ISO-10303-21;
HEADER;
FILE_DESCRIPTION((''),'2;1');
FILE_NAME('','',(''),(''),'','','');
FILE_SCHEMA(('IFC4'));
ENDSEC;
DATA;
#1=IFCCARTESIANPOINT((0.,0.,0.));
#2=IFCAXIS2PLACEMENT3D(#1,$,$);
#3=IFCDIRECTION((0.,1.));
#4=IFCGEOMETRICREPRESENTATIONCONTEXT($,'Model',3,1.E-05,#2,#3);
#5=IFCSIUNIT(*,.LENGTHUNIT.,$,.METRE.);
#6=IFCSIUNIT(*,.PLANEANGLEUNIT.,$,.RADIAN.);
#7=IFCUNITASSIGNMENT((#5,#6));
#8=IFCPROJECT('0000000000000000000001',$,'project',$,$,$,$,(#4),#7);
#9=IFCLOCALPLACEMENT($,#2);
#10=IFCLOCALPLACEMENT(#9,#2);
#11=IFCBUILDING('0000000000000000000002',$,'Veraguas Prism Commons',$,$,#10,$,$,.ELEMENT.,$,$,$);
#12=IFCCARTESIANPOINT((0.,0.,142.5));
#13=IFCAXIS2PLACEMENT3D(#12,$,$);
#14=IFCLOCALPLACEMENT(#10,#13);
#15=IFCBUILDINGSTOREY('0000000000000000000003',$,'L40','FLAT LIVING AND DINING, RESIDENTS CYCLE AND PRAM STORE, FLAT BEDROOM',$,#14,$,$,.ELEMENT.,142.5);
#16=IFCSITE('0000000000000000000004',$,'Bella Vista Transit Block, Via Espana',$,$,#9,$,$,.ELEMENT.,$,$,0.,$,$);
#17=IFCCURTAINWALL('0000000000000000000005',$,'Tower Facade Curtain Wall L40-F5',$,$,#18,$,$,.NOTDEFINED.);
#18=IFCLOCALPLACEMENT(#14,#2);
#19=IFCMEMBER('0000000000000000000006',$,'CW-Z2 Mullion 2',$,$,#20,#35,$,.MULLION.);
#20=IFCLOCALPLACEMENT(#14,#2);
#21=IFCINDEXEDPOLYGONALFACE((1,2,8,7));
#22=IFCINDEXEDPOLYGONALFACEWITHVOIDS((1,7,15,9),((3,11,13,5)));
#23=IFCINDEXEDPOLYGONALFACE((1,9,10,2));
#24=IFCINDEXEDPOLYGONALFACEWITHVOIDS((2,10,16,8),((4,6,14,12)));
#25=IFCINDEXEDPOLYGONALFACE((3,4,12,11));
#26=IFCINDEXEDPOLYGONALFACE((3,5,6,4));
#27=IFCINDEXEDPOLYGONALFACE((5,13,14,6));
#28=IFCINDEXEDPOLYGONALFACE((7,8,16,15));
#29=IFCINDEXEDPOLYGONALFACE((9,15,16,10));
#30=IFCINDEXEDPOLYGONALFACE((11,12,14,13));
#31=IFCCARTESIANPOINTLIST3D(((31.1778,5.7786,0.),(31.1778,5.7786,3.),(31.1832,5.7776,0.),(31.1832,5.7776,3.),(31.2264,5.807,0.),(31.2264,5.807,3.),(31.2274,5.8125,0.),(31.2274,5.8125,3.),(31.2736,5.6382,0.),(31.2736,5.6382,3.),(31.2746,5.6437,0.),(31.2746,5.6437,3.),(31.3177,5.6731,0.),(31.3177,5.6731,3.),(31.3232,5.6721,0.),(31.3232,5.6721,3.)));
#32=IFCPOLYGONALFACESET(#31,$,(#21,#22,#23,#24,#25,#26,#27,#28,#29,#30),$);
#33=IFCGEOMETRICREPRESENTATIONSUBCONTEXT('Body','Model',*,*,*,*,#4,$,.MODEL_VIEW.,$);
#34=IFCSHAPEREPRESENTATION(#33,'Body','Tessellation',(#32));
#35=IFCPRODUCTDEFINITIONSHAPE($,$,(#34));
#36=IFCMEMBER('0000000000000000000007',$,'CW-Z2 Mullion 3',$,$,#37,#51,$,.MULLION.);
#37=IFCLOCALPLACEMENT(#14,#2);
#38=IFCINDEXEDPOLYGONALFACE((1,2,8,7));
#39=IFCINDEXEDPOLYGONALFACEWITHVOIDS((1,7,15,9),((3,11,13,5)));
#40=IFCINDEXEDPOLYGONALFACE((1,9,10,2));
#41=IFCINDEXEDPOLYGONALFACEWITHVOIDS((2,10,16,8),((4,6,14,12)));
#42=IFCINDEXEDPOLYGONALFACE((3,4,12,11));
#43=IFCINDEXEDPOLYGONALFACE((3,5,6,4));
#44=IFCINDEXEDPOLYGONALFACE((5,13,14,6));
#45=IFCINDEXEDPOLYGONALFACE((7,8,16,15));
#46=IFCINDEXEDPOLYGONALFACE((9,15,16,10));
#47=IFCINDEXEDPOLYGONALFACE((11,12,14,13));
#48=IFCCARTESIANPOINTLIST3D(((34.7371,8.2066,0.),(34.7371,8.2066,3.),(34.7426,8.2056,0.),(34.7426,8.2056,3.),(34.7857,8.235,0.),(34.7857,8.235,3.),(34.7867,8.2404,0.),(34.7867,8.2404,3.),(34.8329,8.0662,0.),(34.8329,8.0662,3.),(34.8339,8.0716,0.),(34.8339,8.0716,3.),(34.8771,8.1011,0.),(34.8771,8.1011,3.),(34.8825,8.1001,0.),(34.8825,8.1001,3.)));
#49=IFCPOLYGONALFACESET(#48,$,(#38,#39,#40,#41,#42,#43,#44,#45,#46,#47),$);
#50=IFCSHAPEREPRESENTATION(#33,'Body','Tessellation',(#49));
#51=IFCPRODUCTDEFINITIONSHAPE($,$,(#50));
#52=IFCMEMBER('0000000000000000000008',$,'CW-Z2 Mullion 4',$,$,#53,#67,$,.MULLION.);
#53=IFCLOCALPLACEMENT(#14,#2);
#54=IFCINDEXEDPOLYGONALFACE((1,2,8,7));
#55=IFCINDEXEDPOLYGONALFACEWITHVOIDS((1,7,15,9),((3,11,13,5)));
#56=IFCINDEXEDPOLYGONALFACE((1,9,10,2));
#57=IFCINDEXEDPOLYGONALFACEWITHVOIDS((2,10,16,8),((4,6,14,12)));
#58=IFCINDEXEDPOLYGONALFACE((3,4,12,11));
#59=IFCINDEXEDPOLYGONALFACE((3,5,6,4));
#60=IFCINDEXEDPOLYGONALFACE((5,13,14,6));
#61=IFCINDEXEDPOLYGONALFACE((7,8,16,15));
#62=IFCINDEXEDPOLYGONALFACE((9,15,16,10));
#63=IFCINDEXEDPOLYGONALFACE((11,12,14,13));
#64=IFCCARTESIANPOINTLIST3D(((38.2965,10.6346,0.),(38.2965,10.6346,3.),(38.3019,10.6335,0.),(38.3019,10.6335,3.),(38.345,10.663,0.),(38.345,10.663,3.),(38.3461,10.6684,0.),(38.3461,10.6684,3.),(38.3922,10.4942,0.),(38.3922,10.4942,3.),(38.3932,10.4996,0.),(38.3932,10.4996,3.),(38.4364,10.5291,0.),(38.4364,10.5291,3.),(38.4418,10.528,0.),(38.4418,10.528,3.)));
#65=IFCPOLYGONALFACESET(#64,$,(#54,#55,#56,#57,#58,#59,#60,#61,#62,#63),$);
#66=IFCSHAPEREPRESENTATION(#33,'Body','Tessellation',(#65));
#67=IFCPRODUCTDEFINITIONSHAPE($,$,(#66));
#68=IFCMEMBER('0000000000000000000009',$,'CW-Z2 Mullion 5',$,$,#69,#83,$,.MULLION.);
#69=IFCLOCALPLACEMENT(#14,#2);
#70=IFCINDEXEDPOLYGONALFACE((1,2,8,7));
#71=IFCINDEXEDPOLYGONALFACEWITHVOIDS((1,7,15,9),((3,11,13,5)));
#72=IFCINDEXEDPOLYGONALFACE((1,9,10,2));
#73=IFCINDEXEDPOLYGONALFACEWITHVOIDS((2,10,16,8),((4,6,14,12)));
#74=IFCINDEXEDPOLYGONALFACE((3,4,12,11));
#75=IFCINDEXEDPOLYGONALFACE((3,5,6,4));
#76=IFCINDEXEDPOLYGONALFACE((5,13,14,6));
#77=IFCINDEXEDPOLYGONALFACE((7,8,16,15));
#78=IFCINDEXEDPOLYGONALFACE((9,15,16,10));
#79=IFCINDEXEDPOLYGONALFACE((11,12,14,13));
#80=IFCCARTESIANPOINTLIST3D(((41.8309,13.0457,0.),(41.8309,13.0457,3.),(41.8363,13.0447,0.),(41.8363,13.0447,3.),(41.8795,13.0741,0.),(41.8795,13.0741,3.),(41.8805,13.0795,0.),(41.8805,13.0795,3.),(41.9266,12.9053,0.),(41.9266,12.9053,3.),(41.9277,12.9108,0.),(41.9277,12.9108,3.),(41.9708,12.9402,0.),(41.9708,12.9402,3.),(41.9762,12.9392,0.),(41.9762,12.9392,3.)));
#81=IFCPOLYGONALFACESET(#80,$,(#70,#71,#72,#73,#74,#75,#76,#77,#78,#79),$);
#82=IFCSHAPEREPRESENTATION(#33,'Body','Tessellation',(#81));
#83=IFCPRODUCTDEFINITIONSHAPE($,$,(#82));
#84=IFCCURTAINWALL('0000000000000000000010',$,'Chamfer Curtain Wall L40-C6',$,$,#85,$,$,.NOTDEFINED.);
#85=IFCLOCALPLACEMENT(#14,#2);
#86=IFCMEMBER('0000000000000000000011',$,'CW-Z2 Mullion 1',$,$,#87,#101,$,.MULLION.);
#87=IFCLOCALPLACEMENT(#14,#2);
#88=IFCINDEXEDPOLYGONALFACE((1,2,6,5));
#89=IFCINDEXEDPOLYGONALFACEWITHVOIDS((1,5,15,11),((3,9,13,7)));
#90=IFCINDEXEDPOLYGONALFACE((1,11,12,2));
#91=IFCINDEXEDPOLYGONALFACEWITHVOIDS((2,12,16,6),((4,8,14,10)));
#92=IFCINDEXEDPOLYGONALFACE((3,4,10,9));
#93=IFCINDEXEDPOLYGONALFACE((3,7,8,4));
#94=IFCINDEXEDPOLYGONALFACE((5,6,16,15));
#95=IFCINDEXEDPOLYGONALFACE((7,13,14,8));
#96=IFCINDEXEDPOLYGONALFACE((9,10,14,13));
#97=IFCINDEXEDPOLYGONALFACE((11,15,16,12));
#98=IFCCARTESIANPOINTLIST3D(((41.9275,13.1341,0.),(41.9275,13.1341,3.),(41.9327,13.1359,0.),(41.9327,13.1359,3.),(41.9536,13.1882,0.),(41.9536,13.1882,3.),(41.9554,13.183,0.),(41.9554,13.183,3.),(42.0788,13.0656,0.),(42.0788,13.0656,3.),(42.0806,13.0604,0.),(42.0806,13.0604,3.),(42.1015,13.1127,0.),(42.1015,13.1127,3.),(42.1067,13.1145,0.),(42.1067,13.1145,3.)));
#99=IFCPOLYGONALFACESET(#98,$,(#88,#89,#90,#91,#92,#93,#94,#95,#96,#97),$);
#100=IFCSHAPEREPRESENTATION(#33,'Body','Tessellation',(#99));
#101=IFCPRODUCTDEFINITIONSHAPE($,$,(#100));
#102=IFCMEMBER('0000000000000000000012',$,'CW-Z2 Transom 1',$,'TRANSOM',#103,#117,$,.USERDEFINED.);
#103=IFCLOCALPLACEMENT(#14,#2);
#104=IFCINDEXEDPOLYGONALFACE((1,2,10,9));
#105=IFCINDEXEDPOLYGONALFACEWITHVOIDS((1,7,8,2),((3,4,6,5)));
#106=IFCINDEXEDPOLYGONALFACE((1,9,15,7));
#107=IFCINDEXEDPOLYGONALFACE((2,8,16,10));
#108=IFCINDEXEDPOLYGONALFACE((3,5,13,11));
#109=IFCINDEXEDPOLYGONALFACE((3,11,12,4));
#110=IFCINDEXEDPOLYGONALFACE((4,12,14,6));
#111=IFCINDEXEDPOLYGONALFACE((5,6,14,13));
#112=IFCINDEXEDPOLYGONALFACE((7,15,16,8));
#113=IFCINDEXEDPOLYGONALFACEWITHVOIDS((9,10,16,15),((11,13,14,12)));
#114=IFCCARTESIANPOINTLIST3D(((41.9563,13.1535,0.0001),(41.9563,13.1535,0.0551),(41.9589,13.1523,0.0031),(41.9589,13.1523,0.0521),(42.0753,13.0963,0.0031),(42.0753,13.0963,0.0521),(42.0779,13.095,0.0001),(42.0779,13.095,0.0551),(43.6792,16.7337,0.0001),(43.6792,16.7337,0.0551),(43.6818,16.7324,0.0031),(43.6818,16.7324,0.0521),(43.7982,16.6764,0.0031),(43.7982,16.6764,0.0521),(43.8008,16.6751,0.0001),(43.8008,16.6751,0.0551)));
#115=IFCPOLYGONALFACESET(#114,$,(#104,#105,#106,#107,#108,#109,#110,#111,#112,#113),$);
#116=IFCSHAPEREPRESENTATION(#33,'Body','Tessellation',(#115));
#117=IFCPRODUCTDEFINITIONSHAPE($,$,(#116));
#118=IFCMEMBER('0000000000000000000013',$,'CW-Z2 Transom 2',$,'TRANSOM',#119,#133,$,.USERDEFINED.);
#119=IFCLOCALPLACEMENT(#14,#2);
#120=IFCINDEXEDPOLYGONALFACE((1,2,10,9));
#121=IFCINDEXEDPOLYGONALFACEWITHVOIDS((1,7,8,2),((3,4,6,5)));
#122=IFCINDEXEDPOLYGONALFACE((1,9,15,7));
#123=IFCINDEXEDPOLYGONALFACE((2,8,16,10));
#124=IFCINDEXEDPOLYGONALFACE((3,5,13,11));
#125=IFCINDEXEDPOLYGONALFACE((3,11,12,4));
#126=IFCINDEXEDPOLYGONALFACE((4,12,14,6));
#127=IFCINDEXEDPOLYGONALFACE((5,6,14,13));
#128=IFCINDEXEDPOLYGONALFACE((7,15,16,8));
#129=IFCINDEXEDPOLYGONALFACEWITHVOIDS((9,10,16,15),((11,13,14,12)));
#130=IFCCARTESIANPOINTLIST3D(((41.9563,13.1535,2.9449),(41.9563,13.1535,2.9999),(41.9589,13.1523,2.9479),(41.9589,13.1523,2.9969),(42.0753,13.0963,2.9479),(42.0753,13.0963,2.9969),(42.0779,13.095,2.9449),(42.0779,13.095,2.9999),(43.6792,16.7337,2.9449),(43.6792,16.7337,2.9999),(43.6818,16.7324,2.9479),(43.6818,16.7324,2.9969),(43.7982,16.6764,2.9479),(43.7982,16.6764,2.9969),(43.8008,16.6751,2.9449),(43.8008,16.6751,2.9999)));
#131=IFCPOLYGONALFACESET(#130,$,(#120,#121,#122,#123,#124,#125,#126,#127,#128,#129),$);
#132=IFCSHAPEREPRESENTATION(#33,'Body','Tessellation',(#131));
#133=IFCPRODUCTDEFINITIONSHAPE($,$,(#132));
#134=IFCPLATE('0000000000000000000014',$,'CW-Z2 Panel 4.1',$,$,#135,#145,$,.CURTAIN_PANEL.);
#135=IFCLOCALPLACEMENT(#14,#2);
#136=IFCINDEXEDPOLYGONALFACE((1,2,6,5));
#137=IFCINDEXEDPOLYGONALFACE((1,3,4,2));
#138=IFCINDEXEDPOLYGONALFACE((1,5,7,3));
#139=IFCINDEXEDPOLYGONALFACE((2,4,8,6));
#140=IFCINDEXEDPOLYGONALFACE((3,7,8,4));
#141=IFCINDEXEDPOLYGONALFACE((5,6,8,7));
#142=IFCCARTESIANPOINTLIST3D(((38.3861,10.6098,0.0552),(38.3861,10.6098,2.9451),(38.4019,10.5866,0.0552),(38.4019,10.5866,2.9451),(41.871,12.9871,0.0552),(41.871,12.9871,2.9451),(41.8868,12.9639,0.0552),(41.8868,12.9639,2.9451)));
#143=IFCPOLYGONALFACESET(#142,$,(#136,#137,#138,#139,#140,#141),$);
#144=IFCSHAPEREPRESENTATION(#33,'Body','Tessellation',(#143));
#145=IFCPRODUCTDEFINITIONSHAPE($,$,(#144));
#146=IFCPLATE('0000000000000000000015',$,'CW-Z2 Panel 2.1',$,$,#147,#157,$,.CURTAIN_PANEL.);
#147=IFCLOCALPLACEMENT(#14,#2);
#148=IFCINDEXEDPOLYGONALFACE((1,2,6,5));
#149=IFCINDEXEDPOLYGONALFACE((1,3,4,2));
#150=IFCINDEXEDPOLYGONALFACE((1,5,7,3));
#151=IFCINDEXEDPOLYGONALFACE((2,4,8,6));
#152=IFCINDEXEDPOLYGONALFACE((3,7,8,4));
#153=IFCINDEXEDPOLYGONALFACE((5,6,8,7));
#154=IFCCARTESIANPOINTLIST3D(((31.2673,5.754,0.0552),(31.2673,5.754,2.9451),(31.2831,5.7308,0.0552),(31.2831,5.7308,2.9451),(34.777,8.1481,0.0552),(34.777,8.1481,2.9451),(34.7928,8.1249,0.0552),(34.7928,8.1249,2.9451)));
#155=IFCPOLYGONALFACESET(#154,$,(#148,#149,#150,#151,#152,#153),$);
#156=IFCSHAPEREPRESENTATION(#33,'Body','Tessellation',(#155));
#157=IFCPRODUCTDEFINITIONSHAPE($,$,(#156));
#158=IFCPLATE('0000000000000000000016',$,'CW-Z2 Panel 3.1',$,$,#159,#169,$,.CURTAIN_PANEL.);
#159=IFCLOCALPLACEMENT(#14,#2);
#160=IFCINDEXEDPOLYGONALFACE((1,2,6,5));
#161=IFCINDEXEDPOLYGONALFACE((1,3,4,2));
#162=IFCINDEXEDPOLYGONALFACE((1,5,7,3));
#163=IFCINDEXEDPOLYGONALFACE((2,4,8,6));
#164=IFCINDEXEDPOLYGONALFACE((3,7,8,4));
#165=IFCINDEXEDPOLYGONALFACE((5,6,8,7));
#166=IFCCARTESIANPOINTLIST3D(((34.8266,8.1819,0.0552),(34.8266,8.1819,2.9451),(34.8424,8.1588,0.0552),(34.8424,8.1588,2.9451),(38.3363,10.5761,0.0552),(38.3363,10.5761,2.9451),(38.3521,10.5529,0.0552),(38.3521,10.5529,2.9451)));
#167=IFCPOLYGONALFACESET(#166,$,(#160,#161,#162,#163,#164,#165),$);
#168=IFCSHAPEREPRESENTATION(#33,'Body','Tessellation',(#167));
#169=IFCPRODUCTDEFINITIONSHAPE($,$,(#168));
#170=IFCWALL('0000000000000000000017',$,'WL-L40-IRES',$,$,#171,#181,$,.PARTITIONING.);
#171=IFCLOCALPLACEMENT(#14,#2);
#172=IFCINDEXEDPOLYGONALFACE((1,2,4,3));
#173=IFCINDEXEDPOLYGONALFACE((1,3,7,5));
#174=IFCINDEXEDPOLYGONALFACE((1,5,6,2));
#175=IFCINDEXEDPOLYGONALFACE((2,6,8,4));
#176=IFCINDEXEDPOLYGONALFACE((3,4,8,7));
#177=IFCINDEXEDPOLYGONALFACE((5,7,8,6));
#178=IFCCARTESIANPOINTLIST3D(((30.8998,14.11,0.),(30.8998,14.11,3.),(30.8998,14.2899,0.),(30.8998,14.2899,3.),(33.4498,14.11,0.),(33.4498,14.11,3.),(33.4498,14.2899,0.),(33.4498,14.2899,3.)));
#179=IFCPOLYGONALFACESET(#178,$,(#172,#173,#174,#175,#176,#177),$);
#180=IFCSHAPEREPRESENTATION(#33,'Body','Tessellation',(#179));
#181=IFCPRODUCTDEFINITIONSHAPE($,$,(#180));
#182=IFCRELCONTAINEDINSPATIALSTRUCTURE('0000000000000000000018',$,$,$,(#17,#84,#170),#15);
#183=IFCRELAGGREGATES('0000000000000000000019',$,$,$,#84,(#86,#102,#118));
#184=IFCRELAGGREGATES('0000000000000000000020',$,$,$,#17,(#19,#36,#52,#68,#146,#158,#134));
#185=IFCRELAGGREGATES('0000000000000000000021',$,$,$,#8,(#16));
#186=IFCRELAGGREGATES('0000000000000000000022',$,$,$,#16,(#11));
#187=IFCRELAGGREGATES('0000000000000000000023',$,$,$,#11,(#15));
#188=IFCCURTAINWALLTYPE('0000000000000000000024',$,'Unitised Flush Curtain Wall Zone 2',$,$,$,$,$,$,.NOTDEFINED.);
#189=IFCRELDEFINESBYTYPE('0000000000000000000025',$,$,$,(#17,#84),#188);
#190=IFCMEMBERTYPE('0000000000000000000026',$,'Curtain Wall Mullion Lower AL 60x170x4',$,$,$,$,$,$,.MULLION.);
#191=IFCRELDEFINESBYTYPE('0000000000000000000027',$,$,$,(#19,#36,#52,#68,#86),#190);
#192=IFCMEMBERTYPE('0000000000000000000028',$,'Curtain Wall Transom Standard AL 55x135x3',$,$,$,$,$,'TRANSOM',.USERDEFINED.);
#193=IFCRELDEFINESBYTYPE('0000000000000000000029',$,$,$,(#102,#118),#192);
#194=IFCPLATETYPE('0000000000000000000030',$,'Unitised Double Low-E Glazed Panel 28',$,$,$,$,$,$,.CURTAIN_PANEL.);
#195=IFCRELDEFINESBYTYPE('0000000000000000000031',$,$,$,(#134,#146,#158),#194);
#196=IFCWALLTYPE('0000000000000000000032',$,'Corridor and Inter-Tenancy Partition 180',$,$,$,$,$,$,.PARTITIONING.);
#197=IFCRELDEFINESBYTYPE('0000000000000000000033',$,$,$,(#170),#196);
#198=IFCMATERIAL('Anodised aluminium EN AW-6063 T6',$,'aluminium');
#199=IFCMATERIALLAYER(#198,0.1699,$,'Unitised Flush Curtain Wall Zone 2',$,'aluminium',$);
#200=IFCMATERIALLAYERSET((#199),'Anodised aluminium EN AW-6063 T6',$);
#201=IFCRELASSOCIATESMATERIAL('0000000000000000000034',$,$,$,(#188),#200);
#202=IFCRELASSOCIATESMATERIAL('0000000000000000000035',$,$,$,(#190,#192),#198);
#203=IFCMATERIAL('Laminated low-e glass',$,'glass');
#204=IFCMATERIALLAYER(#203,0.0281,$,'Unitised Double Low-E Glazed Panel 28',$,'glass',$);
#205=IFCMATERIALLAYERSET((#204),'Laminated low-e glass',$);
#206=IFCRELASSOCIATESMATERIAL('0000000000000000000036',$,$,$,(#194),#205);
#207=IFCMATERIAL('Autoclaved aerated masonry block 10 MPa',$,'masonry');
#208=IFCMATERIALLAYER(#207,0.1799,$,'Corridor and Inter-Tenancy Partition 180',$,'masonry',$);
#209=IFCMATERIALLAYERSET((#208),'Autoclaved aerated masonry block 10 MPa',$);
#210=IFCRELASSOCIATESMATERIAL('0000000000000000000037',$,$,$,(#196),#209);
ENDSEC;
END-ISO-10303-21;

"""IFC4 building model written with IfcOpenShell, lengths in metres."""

from ifc_helpers import new_model, si_unit, direction, frame, frame_2d, origin, origin_2d, place, context, subcontext, project, spatial, rectangle, hollow_rectangle, extrude, source, transform, mapped, material, layer, layer_set, material_profile, profile_set, type_object, element, aggregate, save


model = new_model("IFC4")

# Units and contexts
model_context = context("Model", 3, precision=1e-05, world=origin(), true_north=direction((0.0, 1.0)))
body_context = subcontext(model_context, "Body", "Model", "MODEL_VIEW")
ifc_project = project(units=[si_unit("LENGTHUNIT", "METRE"), si_unit("PLANEANGLEUNIT", "RADIAN")], contexts=[model_context])

# Site, building, storey
site_placement = place(None, origin())
site = spatial("IfcSite", under=ifc_project, at=site_placement, Name="Bella Vista Transit Block, Via Espana", CompositionType="ELEMENT", RefElevation=0.0)
building_placement = place(site_placement, origin())
building = spatial("IfcBuilding", under=site, at=building_placement, Name="Veraguas Prism Commons", CompositionType="ELEMENT")
storey_placement = place(building_placement, frame((0.0, 0.0, 142.5)))
storey = spatial("IfcBuildingStorey", under=building, at=storey_placement, Name="L40", Description="FLAT LIVING AND DINING, RESIDENTS CYCLE AND PRAM STORE, FLAT BEDROOM", CompositionType="ELEMENT", Elevation=142.5)

# Curtain walls, members
ifc_material_1 = material(Name="Anodised aluminium EN AW-6063 T6", Category="aluminium")
ifc_layer_1 = layer(ifc_material_1, 0.1699, Name="Unitised Flush Curtain Wall Zone 2", Category="aluminium")
ifc_layer_set_1 = layer_set([ifc_layer_1], Name="Anodised aluminium EN AW-6063 T6")
curtain_wall_type = type_object("IfcCurtainWallType", Name="Unitised Flush Curtain Wall Zone 2", PredefinedType="NOTDEFINED", material=ifc_layer_set_1)
curtain_wall_1_placement = place(storey_placement, origin())
curtain_wall_1 = element("IfcCurtainWall", 1, at=curtain_wall_1_placement, inside=storey, type_object=curtain_wall_type, Name="Tower Facade Curtain Wall L40-F5", PredefinedType="NOTDEFINED")
ifc_material_profile_1 = material_profile(ifc_material_1, hollow_rectangle(XDim=0.0601, YDim=0.1699, WallThickness=0.0039, at=origin_2d()), Name="AL60X170X4")
ifc_profile_set_1 = profile_set([ifc_material_profile_1], Name="Anodised aluminium EN AW-6063 T6")
member_type_1 = type_object("IfcMemberType", Name="Curtain Wall Mullion Lower AL 60x170x4", PredefinedType="MULLION", material=ifc_profile_set_1)
shared_shape_1 = source(origin(), body_context, "Body", "SweptSolid", [
    extrude(hollow_rectangle(XDim=0.0601, YDim=0.1699, WallThickness=0.0039, at=origin_2d()), origin(), (0.0, 0.0, 1.0), 3.0),
])
member_1_placement = place(storey_placement, frame((31.2505, 5.7253, 0.0), z_axis=(0.0, 0.0, 1.0), x_axis=(0.826097, 0.563527, 0.0)))
member_1 = element("IfcMember", 2, at=member_1_placement, type_object=member_type_1, Name="CW-Z2 Mullion 2", PredefinedType="MULLION", context=body_context, shape_type="MappedRepresentation", body=[
    mapped(shared_shape_1, transform((0.0, 0.0, 0.0), scale=1.0)),
])
member_2_placement = place(storey_placement, frame((34.8098, 8.1533, 0.0), z_axis=(0.0, 0.0, 1.0), x_axis=(0.826097, 0.563527, 0.0)))
member_2 = element("IfcMember", 3, at=member_2_placement, type_object=member_type_1, Name="CW-Z2 Mullion 3", PredefinedType="MULLION", context=body_context, shape_type="MappedRepresentation", body=[
    mapped(shared_shape_1, transform((0.0, 0.0, 0.0), scale=1.0)),
])
member_3_placement = place(storey_placement, frame((38.3691, 10.5813, 0.0), z_axis=(0.0, 0.0, 1.0), x_axis=(0.826097, 0.563527, 0.0)))
member_3 = element("IfcMember", 4, at=member_3_placement, type_object=member_type_1, Name="CW-Z2 Mullion 4", PredefinedType="MULLION", context=body_context, shape_type="MappedRepresentation", body=[
    mapped(shared_shape_1, transform((0.0, 0.0, 0.0), scale=1.0)),
])
member_4_placement = place(storey_placement, frame((41.9036, 12.9924, 0.0), z_axis=(0.0, 0.0, 1.0), x_axis=(0.826097, 0.563527, 0.0)))
member_4 = element("IfcMember", 5, at=member_4_placement, type_object=member_type_1, Name="CW-Z2 Mullion 5", PredefinedType="MULLION", context=body_context, shape_type="MappedRepresentation", body=[
    mapped(shared_shape_1, transform((0.0, 0.0, 0.0), scale=1.0)),
])
curtain_wall_2_placement = place(storey_placement, origin())
curtain_wall_2 = element("IfcCurtainWall", 6, at=curtain_wall_2_placement, inside=storey, type_object=curtain_wall_type, Name="Chamfer Curtain Wall L40-C6", PredefinedType="NOTDEFINED")
member_5_placement = place(storey_placement, frame((42.0171, 13.1243, 0.0), z_axis=(0.0, 0.0, 1.0), x_axis=(0.433684, 0.901065, 0.0)))
member_5 = element("IfcMember", 7, at=member_5_placement, type_object=member_type_1, Name="CW-Z2 Mullion 1", PredefinedType="MULLION", context=body_context, shape_type="MappedRepresentation", body=[
    mapped(shared_shape_1, transform((0.0, 0.0, 0.0), scale=1.0)),
])
ifc_material_profile_2 = material_profile(ifc_material_1, hollow_rectangle(XDim=0.0549, YDim=0.135, WallThickness=0.0029, at=origin_2d()), Name="AL55X135X3")
ifc_profile_set_2 = profile_set([ifc_material_profile_2], Name="Anodised aluminium EN AW-6063 T6")
member_type_2 = type_object("IfcMemberType", Name="Curtain Wall Transom Standard AL 55x135x3", ElementType="TRANSOM", PredefinedType="USERDEFINED", material=ifc_profile_set_2)
shared_shape_2 = source(origin(), body_context, "Body", "SweptSolid", [
    extrude(hollow_rectangle(XDim=0.0549, YDim=0.135, WallThickness=0.0029, at=origin_2d()), origin(), (0.0, 0.0, 1.0), 3.9731),
])
member_6_placement = place(storey_placement, frame((42.0171, 13.1243, 0.0276), z_axis=(0.433644, 0.901084, 0.0), x_axis=(0.0, 0.0, 1.0)))
member_6 = element("IfcMember", 8, at=member_6_placement, type_object=member_type_2, Name="CW-Z2 Transom 1", ObjectType="TRANSOM", PredefinedType="USERDEFINED", context=body_context, shape_type="MappedRepresentation", body=[
    mapped(shared_shape_2, transform((0.0, 0.0, 0.0), scale=1.0)),
])
member_7_placement = place(storey_placement, frame((42.0171, 13.1243, 2.9724), z_axis=(0.433644, 0.901084, 0.0), x_axis=(0.0, 0.0, 1.0)))
member_7 = element("IfcMember", 9, at=member_7_placement, type_object=member_type_2, Name="CW-Z2 Transom 2", ObjectType="TRANSOM", PredefinedType="USERDEFINED", context=body_context, shape_type="MappedRepresentation", body=[
    mapped(shared_shape_2, transform((0.0, 0.0, 0.0), scale=1.0)),
])
aggregate(curtain_wall_2, [member_5, member_6, member_7])

# Plates
ifc_material_2 = material(Name="Laminated low-e glass", Category="glass")
ifc_layer_2 = layer(ifc_material_2, 0.0281, Name="Unitised Double Low-E Glazed Panel 28", Category="glass")
ifc_layer_set_2 = layer_set([ifc_layer_2], Name="Laminated low-e glass")
plate_type = type_object("IfcPlateType", Name="Unitised Double Low-E Glazed Panel 28", PredefinedType="CURTAIN_PANEL", material=ifc_layer_set_2)
shared_shape_3 = source(origin(), body_context, "Body", "SweptSolid", [
    extrude(rectangle(XDim=4.2185, YDim=0.0281, at=origin_2d()), origin(), (0.0, 0.0, 1.0), 2.8899),
])
plate_1_placement = place(storey_placement, frame((40.1365, 11.7869, 0.0552), z_axis=(0.0, 0.0, 1.0), x_axis=(0.826097, 0.563527, 0.0)))
plate_1 = element("IfcPlate", 10, at=plate_1_placement, type_object=plate_type, Name="CW-Z2 Panel 4.1", PredefinedType="CURTAIN_PANEL", context=body_context, shape_type="MappedRepresentation", body=[
    mapped(shared_shape_3, transform((0.0, 0.0, 0.0), scale=1.0)),
])
shared_shape_4 = source(origin(), body_context, "Body", "SweptSolid", [
    extrude(rectangle(XDim=4.2485, YDim=0.0281, at=origin_2d()), origin(), (0.0, 0.0, 1.0), 2.8899),
])
plate_2_placement = place(storey_placement, frame((33.03, 6.9395, 0.0552), z_axis=(0.0, 0.0, 1.0), x_axis=(0.826097, 0.563527, 0.0)))
plate_2 = element("IfcPlate", 11, at=plate_2_placement, type_object=plate_type, Name="CW-Z2 Panel 2.1", PredefinedType="CURTAIN_PANEL", context=body_context, shape_type="MappedRepresentation", body=[
    mapped(shared_shape_4, transform((0.0, 0.0, 0.0), scale=1.0)),
])
plate_3_placement = place(storey_placement, frame((36.5894, 9.3674, 0.0552), z_axis=(0.0, 0.0, 1.0), x_axis=(0.826097, 0.563527, 0.0)))
plate_3 = element("IfcPlate", 12, at=plate_3_placement, type_object=plate_type, Name="CW-Z2 Panel 3.1", PredefinedType="CURTAIN_PANEL", context=body_context, shape_type="MappedRepresentation", body=[
    mapped(shared_shape_4, transform((0.0, 0.0, 0.0), scale=1.0)),
])
aggregate(curtain_wall_1, [member_1, member_2, member_3, member_4, plate_2, plate_3, plate_1])

# Wall
ifc_material_3 = material(Name="Autoclaved aerated masonry block 10 MPa", Category="masonry")
ifc_layer_3 = layer(ifc_material_3, 0.1799, Name="Corridor and Inter-Tenancy Partition 180", Category="masonry")
ifc_layer_set_3 = layer_set([ifc_layer_3], Name="Autoclaved aerated masonry block 10 MPa")
wall_type_1 = type_object("IfcWallType", Name="Corridor and Inter-Tenancy Partition 180", PredefinedType="PARTITIONING", material=ifc_layer_set_3)
wall_1_placement = place(storey_placement, frame((30.8999, 14.2, 0.0), z_axis=(0.0, 0.0, 1.0), x_axis=(1.0, 0.0, 0.0)))
element("IfcWall", 13, at=wall_1_placement, inside=storey, type_object=wall_type_1, Name="WL-L40-IRES", PredefinedType="PARTITIONING", context=body_context, shape_type="SweptSolid", body=[
    extrude(rectangle(XDim=2.55, YDim=0.1799, at=frame_2d((1.2749, 0.0))), origin(), (0.0, 0.0, 1.0), 3.0),
])

save(model, "model.ifc")
